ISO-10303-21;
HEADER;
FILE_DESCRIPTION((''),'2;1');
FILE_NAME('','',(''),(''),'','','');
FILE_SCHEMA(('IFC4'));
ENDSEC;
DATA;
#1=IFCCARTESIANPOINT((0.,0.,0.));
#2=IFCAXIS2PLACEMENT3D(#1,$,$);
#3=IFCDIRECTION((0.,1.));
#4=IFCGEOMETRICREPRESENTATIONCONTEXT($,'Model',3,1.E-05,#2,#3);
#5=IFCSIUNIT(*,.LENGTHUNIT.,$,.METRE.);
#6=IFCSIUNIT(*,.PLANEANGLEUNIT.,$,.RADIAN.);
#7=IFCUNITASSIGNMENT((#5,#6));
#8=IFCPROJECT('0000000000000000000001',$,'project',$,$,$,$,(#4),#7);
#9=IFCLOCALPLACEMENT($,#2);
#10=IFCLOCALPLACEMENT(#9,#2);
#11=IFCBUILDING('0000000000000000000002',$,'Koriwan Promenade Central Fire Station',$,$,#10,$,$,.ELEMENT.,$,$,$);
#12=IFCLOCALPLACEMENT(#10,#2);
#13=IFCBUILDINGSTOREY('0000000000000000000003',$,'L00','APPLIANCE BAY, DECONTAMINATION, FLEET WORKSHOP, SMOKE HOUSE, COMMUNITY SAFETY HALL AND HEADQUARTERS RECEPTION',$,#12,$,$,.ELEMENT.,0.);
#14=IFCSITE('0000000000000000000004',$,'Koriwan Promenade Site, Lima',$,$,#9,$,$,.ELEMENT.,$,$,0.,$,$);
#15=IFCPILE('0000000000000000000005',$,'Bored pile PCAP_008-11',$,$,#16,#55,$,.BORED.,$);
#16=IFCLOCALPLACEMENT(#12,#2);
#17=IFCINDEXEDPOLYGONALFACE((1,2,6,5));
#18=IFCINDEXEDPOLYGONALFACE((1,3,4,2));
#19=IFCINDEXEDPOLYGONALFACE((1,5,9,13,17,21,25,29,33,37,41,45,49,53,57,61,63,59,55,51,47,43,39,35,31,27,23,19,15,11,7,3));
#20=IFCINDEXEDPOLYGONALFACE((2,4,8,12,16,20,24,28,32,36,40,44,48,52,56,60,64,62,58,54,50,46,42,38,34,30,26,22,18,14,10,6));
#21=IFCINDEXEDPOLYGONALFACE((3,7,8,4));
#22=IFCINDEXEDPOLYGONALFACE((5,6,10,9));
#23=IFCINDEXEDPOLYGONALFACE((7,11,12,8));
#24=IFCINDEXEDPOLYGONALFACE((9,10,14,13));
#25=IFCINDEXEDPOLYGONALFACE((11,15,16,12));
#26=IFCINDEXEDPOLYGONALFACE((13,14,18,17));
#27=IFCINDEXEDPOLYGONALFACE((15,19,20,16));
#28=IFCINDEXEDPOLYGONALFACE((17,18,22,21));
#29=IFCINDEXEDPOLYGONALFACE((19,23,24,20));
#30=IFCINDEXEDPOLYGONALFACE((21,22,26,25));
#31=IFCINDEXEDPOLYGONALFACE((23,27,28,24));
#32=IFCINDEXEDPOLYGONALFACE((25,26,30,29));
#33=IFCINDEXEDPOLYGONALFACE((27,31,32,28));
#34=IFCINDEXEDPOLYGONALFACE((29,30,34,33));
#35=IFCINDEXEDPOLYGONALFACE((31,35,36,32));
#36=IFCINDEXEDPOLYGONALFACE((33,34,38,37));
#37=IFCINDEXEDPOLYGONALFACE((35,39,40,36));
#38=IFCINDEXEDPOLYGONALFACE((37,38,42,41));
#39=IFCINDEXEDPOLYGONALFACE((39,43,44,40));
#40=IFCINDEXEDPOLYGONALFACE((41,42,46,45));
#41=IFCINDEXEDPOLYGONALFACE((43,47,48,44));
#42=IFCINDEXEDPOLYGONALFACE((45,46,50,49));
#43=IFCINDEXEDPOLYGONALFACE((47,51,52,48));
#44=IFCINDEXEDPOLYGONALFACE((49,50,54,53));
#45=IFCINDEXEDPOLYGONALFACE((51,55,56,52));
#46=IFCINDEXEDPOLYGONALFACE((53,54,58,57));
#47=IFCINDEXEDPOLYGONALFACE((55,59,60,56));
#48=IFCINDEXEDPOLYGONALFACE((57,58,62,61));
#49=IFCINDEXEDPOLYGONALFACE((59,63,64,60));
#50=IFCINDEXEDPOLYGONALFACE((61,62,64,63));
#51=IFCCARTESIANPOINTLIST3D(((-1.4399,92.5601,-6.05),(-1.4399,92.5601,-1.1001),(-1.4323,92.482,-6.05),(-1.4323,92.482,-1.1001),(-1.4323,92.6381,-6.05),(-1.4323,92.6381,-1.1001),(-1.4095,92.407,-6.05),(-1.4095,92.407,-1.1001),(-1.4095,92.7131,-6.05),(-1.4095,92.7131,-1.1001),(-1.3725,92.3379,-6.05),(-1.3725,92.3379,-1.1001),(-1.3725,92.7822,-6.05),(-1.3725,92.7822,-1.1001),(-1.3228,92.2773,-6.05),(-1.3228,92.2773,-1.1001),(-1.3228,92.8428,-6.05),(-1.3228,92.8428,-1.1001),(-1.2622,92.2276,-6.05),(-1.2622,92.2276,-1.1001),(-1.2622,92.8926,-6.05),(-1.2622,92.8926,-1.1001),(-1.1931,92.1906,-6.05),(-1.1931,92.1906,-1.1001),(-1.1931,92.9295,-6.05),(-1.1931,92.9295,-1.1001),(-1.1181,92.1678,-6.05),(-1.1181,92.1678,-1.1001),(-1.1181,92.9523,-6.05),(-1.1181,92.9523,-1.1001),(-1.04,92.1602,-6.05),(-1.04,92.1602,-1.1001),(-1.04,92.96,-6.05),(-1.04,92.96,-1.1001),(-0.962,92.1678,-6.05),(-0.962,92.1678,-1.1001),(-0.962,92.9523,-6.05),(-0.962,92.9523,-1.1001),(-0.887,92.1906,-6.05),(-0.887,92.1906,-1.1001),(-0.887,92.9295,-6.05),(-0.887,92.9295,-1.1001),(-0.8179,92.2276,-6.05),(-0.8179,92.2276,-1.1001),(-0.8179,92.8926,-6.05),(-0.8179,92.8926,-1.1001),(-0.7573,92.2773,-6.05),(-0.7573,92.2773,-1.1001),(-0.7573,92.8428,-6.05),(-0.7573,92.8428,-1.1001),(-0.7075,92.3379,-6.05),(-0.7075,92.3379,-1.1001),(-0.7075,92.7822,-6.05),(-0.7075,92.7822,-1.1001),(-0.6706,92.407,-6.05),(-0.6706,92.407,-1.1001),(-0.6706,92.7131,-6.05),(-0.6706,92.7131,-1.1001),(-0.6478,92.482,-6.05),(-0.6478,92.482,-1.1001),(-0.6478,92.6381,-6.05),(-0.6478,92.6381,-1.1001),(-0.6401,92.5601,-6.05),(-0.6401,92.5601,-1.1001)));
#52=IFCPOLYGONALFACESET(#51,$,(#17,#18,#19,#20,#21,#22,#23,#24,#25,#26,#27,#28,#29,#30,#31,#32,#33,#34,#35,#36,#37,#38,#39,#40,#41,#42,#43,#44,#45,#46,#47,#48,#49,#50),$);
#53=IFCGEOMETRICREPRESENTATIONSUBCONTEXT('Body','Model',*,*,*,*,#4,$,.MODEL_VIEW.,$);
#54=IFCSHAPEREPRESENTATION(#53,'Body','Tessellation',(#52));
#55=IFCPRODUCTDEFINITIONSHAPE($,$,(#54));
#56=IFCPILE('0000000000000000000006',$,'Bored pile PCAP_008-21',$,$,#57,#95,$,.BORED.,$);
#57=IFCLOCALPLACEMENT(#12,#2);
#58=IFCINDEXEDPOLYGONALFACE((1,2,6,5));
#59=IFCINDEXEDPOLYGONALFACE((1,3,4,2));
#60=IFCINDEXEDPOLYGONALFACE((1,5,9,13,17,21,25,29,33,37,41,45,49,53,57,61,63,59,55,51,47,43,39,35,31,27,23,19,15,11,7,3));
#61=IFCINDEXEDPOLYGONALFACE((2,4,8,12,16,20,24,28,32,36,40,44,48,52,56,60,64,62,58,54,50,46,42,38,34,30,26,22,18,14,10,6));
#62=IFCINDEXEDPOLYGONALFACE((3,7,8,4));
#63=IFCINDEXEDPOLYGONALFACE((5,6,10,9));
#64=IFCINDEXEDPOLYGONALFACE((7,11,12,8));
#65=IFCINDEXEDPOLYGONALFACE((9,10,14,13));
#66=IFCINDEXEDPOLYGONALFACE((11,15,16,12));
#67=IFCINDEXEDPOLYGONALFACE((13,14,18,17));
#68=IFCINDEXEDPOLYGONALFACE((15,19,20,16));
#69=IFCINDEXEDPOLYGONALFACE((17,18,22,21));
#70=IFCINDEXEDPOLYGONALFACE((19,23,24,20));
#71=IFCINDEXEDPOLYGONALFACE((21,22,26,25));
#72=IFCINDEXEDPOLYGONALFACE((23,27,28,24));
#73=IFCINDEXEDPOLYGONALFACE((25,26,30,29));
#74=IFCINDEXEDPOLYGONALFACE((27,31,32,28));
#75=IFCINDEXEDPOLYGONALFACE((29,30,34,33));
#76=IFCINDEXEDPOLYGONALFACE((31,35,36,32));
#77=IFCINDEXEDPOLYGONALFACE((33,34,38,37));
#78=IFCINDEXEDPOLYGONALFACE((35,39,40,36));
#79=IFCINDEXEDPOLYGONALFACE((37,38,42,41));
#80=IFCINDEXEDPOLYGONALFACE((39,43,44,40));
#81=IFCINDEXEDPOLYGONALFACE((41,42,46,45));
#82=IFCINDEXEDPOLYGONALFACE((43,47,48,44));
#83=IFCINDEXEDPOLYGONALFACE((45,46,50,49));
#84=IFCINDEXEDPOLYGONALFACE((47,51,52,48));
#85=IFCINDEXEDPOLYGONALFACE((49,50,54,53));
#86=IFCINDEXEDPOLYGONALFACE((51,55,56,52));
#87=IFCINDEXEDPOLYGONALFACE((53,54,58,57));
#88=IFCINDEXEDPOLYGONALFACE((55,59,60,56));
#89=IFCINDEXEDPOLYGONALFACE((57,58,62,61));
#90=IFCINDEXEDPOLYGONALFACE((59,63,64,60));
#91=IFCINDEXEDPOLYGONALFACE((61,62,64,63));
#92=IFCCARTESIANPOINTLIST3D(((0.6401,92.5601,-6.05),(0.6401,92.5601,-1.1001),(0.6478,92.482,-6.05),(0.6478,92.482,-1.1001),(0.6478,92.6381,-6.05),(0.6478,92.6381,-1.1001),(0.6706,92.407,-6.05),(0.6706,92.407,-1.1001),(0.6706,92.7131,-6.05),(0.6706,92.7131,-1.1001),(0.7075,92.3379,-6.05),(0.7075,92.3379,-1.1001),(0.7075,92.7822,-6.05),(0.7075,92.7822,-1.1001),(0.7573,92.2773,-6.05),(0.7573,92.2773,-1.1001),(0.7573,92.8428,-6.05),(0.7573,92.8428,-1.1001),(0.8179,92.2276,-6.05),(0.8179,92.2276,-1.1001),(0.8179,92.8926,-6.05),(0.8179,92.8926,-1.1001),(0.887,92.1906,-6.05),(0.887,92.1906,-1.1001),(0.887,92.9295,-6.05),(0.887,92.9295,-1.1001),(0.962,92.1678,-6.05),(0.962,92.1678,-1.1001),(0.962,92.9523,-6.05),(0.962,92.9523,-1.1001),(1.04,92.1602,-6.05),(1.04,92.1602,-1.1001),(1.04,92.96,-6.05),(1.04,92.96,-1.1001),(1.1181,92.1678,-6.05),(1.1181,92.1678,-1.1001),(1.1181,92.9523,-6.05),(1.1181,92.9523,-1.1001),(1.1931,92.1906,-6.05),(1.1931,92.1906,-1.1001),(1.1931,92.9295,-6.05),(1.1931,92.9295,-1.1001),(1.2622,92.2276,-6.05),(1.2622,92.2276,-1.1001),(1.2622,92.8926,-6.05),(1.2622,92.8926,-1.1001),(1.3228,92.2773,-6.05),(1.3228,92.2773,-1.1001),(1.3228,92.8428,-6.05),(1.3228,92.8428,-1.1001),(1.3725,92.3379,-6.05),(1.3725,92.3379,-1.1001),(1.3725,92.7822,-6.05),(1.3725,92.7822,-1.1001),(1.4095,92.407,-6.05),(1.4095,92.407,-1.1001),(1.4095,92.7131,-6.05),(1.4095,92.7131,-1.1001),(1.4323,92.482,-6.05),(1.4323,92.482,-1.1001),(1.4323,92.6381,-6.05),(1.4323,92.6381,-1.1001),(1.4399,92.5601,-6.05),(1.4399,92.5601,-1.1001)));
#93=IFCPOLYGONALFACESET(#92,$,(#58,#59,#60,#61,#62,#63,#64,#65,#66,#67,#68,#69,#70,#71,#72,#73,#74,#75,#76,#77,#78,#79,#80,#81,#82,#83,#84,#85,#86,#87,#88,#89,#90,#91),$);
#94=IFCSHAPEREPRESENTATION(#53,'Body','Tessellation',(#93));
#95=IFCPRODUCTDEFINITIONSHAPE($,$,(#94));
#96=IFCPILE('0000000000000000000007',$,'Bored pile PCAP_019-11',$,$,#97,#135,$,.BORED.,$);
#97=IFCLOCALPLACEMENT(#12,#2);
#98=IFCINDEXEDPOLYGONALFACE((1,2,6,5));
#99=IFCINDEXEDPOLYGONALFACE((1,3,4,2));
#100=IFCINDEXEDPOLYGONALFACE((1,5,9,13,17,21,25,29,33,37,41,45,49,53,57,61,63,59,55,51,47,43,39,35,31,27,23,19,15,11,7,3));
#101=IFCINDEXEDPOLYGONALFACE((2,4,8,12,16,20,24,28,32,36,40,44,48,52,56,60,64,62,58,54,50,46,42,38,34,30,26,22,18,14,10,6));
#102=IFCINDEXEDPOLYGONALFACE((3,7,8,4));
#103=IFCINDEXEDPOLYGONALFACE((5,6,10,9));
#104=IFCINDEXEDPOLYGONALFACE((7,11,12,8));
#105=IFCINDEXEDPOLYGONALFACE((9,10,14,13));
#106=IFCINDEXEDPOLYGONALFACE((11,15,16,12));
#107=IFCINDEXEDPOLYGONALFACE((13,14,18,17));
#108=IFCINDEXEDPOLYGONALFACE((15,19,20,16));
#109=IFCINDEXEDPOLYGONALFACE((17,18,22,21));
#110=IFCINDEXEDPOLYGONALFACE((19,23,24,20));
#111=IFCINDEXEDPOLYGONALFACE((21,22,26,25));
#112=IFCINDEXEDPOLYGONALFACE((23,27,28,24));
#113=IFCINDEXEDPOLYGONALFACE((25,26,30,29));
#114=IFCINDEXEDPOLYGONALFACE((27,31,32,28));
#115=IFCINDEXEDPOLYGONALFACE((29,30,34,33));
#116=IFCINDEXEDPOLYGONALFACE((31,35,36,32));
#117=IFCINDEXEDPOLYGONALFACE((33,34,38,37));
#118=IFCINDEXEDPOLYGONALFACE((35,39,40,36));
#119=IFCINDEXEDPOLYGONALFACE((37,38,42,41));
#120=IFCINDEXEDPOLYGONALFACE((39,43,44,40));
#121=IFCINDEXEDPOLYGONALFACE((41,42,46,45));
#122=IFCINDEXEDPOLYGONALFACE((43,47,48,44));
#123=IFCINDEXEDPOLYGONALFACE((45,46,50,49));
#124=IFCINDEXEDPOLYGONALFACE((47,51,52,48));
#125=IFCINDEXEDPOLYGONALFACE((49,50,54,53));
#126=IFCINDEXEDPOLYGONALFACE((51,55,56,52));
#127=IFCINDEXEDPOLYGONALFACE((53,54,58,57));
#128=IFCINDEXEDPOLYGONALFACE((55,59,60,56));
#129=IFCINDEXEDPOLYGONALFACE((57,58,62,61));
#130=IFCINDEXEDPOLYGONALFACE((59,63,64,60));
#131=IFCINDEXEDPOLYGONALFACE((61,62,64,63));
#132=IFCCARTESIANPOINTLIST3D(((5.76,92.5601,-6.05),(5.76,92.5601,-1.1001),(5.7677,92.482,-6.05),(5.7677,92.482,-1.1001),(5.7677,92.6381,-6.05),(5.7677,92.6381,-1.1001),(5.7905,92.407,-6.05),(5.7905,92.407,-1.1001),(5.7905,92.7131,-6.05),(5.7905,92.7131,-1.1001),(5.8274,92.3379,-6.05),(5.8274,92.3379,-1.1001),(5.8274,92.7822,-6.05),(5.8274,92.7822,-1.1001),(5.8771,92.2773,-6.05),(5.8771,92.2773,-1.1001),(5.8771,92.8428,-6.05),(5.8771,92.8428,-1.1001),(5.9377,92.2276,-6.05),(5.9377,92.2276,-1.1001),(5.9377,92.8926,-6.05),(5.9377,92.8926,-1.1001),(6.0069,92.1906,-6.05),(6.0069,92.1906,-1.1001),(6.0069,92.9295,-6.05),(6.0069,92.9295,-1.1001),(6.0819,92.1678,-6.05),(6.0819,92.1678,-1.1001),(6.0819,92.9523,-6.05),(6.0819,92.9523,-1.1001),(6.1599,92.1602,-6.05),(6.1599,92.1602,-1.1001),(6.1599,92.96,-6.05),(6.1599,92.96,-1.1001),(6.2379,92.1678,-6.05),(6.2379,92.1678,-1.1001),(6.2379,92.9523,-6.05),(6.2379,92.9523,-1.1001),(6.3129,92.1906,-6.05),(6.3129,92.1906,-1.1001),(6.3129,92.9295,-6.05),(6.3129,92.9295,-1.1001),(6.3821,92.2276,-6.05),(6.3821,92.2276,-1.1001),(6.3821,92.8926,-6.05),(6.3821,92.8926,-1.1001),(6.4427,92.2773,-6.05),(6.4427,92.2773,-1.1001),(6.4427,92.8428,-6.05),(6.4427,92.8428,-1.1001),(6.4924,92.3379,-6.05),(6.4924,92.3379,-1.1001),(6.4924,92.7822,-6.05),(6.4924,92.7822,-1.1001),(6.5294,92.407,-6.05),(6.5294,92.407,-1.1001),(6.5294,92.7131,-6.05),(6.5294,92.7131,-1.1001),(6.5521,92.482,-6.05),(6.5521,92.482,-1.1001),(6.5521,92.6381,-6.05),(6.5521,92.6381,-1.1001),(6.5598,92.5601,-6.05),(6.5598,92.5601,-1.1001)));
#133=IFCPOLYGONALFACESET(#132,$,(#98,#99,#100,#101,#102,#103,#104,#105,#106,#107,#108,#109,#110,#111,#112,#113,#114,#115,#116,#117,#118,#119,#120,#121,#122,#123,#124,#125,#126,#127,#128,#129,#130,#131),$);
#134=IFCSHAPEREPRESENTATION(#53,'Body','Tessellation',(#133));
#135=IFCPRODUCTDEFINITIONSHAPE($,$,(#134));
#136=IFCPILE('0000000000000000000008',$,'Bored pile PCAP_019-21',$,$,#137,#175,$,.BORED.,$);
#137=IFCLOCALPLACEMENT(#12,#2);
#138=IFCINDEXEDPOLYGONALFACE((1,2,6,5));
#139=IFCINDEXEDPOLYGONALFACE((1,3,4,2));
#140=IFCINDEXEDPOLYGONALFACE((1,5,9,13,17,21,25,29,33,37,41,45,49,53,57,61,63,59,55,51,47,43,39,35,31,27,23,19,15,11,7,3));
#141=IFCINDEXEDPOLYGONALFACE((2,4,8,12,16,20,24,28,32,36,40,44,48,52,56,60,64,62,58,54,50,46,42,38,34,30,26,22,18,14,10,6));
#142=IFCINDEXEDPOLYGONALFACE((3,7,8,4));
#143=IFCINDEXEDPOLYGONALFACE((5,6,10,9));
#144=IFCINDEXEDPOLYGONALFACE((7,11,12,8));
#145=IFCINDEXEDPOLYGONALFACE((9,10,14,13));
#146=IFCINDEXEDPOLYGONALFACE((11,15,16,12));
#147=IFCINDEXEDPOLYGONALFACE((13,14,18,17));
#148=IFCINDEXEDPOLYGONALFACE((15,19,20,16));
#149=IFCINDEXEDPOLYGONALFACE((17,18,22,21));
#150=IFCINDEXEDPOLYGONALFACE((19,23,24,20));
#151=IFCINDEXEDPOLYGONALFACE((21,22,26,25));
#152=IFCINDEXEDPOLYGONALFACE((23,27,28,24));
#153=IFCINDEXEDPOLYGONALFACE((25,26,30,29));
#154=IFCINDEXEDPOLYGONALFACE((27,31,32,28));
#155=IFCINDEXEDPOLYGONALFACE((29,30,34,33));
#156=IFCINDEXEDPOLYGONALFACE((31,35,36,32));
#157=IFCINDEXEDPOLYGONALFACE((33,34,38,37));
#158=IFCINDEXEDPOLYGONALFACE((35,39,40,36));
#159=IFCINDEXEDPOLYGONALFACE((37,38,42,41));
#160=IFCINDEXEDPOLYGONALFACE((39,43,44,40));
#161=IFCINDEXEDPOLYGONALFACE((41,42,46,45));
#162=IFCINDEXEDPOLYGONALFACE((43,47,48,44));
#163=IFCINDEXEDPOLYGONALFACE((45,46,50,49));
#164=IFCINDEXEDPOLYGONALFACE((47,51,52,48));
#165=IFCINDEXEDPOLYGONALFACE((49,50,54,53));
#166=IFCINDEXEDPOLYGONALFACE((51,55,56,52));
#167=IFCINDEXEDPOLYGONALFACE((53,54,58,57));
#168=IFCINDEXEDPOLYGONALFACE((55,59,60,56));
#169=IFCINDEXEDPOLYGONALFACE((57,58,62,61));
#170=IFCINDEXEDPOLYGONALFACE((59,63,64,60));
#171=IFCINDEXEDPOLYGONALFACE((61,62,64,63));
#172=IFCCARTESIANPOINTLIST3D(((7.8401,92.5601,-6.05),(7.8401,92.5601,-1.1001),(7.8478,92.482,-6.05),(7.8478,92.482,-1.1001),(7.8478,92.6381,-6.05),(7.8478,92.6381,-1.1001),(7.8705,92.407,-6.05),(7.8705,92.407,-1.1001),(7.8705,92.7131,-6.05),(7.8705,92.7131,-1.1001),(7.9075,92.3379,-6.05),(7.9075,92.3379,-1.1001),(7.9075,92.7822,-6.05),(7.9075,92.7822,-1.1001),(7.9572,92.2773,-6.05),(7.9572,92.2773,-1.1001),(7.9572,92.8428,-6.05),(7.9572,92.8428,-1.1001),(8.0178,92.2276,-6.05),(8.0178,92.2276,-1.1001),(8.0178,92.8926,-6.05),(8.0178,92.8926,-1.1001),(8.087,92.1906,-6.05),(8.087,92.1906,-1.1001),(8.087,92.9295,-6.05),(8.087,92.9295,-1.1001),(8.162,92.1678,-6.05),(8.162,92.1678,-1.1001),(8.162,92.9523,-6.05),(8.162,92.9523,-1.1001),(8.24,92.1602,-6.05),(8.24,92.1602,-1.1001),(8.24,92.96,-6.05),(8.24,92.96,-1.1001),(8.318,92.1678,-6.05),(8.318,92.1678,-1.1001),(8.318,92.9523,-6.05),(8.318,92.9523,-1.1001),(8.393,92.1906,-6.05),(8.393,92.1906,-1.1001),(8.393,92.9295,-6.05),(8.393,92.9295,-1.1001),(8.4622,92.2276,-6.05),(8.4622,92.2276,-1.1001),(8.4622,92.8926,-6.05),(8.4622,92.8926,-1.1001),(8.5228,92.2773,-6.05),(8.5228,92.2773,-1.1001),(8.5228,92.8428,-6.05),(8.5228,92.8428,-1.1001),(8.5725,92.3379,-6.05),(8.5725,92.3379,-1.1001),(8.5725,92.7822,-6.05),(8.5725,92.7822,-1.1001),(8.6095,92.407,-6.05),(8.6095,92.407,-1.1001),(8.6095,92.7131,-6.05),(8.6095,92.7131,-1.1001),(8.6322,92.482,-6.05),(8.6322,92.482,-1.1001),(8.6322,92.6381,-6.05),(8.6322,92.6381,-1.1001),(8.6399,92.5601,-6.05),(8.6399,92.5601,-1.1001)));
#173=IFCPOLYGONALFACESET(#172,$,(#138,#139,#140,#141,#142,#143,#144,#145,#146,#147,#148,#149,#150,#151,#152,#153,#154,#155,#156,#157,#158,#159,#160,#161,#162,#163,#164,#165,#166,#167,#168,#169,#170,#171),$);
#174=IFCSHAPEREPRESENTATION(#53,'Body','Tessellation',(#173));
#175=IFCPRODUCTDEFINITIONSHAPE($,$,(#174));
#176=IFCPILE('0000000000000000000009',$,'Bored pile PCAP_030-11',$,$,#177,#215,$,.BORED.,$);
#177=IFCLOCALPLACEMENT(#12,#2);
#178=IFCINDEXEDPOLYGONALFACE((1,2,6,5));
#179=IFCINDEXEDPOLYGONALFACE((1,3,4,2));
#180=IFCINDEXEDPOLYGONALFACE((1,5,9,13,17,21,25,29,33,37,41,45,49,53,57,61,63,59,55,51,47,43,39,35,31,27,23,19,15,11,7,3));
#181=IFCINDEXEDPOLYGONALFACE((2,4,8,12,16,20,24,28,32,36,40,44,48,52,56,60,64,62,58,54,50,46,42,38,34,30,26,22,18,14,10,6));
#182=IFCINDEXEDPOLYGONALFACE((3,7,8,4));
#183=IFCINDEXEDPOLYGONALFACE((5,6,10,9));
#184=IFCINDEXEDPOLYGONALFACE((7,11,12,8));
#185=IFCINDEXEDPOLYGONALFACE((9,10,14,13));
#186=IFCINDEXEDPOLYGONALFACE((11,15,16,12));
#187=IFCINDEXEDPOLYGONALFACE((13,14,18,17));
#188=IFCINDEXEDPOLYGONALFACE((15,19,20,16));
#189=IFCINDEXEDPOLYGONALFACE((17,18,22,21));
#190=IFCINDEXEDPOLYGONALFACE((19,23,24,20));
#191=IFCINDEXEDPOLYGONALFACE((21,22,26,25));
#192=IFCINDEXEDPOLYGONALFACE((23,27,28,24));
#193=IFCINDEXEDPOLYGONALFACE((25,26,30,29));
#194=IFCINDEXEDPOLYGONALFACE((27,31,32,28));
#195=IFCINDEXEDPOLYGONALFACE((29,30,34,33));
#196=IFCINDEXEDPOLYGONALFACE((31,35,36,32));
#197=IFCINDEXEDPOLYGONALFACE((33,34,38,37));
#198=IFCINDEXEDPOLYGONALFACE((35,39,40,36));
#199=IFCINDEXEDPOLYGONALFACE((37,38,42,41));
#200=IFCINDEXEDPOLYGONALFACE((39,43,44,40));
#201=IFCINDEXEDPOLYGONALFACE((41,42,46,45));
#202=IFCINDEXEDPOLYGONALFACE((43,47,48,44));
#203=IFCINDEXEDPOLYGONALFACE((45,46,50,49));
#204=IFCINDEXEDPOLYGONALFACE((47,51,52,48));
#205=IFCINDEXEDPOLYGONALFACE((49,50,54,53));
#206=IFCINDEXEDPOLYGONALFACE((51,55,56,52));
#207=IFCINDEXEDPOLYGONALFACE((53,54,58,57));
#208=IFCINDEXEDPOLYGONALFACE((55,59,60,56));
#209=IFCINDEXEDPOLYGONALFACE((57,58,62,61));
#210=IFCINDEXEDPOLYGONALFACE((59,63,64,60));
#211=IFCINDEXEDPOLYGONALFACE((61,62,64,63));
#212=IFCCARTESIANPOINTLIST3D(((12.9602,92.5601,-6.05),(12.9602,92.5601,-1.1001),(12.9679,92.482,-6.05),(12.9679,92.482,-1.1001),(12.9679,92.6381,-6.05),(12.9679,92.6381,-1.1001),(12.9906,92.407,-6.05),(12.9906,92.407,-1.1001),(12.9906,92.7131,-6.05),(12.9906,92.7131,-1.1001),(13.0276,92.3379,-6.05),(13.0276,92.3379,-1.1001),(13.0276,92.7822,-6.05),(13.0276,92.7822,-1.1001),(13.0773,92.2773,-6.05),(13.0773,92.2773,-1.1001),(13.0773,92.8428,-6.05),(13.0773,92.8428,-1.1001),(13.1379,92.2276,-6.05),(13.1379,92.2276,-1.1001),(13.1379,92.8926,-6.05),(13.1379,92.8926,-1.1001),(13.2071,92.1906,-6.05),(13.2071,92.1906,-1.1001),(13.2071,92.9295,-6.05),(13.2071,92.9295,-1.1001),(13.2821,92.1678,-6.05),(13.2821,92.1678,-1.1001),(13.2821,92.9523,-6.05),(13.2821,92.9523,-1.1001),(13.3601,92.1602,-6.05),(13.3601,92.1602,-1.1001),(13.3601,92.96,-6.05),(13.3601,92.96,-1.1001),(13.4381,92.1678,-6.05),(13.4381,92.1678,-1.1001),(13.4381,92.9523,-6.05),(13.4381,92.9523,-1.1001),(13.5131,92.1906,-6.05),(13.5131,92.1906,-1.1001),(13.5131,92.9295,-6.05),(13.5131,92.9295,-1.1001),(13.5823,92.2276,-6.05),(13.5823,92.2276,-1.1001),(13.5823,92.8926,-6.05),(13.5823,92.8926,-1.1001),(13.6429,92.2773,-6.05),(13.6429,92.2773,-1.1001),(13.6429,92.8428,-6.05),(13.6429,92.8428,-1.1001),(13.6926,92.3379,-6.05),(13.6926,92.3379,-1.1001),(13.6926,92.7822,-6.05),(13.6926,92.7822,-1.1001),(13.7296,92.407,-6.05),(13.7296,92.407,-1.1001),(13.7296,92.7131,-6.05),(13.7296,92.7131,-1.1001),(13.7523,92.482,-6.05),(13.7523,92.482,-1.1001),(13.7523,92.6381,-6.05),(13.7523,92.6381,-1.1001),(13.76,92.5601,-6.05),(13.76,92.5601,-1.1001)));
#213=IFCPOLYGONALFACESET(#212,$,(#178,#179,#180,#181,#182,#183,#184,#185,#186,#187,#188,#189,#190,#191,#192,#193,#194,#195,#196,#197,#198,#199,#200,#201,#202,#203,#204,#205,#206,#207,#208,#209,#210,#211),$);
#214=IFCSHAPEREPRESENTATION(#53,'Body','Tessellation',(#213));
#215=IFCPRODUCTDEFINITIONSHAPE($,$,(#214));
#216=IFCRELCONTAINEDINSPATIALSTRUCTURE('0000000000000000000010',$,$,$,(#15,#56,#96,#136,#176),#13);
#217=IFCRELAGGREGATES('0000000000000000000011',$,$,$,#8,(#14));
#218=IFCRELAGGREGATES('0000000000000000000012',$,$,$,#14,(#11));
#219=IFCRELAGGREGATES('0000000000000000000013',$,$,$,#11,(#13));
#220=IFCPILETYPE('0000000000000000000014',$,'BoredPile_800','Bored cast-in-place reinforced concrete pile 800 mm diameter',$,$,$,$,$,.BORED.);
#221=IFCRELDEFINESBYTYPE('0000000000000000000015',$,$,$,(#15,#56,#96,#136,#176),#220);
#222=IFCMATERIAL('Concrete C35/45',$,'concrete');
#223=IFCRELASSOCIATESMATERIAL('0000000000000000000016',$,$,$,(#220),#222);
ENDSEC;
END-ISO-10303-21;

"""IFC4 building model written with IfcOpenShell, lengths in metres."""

from ifc_helpers import new_model, si_unit, direction, frame, origin, origin_2d, place, context, subcontext, project, spatial, circle, extrude, material, material_profile, profile_set, type_object, element, save


model = new_model("IFC4")

# Units and contexts
model_context = context("Model", 3, precision=1e-05, world=origin(), true_north=direction((0.0, 1.0)))
body_context = subcontext(model_context, "Body", "Model", "MODEL_VIEW")
ifc_project = project(units=[si_unit("LENGTHUNIT", "METRE"), si_unit("PLANEANGLEUNIT", "RADIAN")], contexts=[model_context])

# Site, building, storey
site_placement = place(None, origin())
site = spatial("IfcSite", under=ifc_project, at=site_placement, Name="Koriwan Promenade Site, Lima", CompositionType="ELEMENT", RefElevation=0.0)
building_placement = place(site_placement, origin())
building = spatial("IfcBuilding", under=site, at=building_placement, Name="Koriwan Promenade Central Fire Station", CompositionType="ELEMENT")
storey_placement = place(building_placement, origin())
storey = spatial("IfcBuildingStorey", under=building, at=storey_placement, Name="L00", Description="APPLIANCE BAY, DECONTAMINATION, FLEET WORKSHOP, SMOKE HOUSE, COMMUNITY SAFETY HALL AND HEADQUARTERS RECEPTION", CompositionType="ELEMENT", Elevation=0.0)

# Piles
ifc_material_1 = material(Name="Concrete C35/45", Category="concrete")
ifc_material_profile_1 = material_profile(ifc_material_1, circle(Radius=0.3999, at=origin_2d()), Name="PILE-D800")
ifc_profile_set_1 = profile_set([ifc_material_profile_1], Name="Concrete C35/45")
pile_type = type_object("IfcPileType", Name="BoredPile_800", Description="Bored cast-in-place reinforced concrete pile 800 mm diameter", PredefinedType="BORED", material=ifc_profile_set_1)
for number, where, z_axis, x_axis, name in (
    (1, (-1.04, 92.5601, -1.1001), (0.0, 0.0, -1.0), (1.0, 0.0, 0.0), "Bored pile PCAP_008-11"),
    (2, (1.04, 92.5601, -1.1001), (0.0, 0.0, -1.0), (1.0, 0.0, 0.0), "Bored pile PCAP_008-21"),
    (3, (6.1599, 92.5601, -1.1001), (0.0, 0.0, -1.0), (1.0, 0.0, 0.0), "Bored pile PCAP_019-11"),
    (4, (8.24, 92.5601, -1.1001), (0.0, 0.0, -1.0), (1.0, 0.0, 0.0), "Bored pile PCAP_019-21"),
    (5, (13.3601, 92.5601, -1.1001), (0.0, 0.0, -1.0), (1.0, 0.0, 0.0), "Bored pile PCAP_030-11"),
):
    element("IfcPile", number, at=place(storey_placement, frame(where, z_axis=z_axis, x_axis=x_axis)), inside=storey, type_object=pile_type, Name=name, PredefinedType="BORED", context=body_context, shape_type="SweptSolid", body=[
        extrude(circle(Radius=0.3999, at=origin_2d()), origin(), (0.0, 0.0, 1.0), 4.95),
    ])

save(model, "model.ifc")
